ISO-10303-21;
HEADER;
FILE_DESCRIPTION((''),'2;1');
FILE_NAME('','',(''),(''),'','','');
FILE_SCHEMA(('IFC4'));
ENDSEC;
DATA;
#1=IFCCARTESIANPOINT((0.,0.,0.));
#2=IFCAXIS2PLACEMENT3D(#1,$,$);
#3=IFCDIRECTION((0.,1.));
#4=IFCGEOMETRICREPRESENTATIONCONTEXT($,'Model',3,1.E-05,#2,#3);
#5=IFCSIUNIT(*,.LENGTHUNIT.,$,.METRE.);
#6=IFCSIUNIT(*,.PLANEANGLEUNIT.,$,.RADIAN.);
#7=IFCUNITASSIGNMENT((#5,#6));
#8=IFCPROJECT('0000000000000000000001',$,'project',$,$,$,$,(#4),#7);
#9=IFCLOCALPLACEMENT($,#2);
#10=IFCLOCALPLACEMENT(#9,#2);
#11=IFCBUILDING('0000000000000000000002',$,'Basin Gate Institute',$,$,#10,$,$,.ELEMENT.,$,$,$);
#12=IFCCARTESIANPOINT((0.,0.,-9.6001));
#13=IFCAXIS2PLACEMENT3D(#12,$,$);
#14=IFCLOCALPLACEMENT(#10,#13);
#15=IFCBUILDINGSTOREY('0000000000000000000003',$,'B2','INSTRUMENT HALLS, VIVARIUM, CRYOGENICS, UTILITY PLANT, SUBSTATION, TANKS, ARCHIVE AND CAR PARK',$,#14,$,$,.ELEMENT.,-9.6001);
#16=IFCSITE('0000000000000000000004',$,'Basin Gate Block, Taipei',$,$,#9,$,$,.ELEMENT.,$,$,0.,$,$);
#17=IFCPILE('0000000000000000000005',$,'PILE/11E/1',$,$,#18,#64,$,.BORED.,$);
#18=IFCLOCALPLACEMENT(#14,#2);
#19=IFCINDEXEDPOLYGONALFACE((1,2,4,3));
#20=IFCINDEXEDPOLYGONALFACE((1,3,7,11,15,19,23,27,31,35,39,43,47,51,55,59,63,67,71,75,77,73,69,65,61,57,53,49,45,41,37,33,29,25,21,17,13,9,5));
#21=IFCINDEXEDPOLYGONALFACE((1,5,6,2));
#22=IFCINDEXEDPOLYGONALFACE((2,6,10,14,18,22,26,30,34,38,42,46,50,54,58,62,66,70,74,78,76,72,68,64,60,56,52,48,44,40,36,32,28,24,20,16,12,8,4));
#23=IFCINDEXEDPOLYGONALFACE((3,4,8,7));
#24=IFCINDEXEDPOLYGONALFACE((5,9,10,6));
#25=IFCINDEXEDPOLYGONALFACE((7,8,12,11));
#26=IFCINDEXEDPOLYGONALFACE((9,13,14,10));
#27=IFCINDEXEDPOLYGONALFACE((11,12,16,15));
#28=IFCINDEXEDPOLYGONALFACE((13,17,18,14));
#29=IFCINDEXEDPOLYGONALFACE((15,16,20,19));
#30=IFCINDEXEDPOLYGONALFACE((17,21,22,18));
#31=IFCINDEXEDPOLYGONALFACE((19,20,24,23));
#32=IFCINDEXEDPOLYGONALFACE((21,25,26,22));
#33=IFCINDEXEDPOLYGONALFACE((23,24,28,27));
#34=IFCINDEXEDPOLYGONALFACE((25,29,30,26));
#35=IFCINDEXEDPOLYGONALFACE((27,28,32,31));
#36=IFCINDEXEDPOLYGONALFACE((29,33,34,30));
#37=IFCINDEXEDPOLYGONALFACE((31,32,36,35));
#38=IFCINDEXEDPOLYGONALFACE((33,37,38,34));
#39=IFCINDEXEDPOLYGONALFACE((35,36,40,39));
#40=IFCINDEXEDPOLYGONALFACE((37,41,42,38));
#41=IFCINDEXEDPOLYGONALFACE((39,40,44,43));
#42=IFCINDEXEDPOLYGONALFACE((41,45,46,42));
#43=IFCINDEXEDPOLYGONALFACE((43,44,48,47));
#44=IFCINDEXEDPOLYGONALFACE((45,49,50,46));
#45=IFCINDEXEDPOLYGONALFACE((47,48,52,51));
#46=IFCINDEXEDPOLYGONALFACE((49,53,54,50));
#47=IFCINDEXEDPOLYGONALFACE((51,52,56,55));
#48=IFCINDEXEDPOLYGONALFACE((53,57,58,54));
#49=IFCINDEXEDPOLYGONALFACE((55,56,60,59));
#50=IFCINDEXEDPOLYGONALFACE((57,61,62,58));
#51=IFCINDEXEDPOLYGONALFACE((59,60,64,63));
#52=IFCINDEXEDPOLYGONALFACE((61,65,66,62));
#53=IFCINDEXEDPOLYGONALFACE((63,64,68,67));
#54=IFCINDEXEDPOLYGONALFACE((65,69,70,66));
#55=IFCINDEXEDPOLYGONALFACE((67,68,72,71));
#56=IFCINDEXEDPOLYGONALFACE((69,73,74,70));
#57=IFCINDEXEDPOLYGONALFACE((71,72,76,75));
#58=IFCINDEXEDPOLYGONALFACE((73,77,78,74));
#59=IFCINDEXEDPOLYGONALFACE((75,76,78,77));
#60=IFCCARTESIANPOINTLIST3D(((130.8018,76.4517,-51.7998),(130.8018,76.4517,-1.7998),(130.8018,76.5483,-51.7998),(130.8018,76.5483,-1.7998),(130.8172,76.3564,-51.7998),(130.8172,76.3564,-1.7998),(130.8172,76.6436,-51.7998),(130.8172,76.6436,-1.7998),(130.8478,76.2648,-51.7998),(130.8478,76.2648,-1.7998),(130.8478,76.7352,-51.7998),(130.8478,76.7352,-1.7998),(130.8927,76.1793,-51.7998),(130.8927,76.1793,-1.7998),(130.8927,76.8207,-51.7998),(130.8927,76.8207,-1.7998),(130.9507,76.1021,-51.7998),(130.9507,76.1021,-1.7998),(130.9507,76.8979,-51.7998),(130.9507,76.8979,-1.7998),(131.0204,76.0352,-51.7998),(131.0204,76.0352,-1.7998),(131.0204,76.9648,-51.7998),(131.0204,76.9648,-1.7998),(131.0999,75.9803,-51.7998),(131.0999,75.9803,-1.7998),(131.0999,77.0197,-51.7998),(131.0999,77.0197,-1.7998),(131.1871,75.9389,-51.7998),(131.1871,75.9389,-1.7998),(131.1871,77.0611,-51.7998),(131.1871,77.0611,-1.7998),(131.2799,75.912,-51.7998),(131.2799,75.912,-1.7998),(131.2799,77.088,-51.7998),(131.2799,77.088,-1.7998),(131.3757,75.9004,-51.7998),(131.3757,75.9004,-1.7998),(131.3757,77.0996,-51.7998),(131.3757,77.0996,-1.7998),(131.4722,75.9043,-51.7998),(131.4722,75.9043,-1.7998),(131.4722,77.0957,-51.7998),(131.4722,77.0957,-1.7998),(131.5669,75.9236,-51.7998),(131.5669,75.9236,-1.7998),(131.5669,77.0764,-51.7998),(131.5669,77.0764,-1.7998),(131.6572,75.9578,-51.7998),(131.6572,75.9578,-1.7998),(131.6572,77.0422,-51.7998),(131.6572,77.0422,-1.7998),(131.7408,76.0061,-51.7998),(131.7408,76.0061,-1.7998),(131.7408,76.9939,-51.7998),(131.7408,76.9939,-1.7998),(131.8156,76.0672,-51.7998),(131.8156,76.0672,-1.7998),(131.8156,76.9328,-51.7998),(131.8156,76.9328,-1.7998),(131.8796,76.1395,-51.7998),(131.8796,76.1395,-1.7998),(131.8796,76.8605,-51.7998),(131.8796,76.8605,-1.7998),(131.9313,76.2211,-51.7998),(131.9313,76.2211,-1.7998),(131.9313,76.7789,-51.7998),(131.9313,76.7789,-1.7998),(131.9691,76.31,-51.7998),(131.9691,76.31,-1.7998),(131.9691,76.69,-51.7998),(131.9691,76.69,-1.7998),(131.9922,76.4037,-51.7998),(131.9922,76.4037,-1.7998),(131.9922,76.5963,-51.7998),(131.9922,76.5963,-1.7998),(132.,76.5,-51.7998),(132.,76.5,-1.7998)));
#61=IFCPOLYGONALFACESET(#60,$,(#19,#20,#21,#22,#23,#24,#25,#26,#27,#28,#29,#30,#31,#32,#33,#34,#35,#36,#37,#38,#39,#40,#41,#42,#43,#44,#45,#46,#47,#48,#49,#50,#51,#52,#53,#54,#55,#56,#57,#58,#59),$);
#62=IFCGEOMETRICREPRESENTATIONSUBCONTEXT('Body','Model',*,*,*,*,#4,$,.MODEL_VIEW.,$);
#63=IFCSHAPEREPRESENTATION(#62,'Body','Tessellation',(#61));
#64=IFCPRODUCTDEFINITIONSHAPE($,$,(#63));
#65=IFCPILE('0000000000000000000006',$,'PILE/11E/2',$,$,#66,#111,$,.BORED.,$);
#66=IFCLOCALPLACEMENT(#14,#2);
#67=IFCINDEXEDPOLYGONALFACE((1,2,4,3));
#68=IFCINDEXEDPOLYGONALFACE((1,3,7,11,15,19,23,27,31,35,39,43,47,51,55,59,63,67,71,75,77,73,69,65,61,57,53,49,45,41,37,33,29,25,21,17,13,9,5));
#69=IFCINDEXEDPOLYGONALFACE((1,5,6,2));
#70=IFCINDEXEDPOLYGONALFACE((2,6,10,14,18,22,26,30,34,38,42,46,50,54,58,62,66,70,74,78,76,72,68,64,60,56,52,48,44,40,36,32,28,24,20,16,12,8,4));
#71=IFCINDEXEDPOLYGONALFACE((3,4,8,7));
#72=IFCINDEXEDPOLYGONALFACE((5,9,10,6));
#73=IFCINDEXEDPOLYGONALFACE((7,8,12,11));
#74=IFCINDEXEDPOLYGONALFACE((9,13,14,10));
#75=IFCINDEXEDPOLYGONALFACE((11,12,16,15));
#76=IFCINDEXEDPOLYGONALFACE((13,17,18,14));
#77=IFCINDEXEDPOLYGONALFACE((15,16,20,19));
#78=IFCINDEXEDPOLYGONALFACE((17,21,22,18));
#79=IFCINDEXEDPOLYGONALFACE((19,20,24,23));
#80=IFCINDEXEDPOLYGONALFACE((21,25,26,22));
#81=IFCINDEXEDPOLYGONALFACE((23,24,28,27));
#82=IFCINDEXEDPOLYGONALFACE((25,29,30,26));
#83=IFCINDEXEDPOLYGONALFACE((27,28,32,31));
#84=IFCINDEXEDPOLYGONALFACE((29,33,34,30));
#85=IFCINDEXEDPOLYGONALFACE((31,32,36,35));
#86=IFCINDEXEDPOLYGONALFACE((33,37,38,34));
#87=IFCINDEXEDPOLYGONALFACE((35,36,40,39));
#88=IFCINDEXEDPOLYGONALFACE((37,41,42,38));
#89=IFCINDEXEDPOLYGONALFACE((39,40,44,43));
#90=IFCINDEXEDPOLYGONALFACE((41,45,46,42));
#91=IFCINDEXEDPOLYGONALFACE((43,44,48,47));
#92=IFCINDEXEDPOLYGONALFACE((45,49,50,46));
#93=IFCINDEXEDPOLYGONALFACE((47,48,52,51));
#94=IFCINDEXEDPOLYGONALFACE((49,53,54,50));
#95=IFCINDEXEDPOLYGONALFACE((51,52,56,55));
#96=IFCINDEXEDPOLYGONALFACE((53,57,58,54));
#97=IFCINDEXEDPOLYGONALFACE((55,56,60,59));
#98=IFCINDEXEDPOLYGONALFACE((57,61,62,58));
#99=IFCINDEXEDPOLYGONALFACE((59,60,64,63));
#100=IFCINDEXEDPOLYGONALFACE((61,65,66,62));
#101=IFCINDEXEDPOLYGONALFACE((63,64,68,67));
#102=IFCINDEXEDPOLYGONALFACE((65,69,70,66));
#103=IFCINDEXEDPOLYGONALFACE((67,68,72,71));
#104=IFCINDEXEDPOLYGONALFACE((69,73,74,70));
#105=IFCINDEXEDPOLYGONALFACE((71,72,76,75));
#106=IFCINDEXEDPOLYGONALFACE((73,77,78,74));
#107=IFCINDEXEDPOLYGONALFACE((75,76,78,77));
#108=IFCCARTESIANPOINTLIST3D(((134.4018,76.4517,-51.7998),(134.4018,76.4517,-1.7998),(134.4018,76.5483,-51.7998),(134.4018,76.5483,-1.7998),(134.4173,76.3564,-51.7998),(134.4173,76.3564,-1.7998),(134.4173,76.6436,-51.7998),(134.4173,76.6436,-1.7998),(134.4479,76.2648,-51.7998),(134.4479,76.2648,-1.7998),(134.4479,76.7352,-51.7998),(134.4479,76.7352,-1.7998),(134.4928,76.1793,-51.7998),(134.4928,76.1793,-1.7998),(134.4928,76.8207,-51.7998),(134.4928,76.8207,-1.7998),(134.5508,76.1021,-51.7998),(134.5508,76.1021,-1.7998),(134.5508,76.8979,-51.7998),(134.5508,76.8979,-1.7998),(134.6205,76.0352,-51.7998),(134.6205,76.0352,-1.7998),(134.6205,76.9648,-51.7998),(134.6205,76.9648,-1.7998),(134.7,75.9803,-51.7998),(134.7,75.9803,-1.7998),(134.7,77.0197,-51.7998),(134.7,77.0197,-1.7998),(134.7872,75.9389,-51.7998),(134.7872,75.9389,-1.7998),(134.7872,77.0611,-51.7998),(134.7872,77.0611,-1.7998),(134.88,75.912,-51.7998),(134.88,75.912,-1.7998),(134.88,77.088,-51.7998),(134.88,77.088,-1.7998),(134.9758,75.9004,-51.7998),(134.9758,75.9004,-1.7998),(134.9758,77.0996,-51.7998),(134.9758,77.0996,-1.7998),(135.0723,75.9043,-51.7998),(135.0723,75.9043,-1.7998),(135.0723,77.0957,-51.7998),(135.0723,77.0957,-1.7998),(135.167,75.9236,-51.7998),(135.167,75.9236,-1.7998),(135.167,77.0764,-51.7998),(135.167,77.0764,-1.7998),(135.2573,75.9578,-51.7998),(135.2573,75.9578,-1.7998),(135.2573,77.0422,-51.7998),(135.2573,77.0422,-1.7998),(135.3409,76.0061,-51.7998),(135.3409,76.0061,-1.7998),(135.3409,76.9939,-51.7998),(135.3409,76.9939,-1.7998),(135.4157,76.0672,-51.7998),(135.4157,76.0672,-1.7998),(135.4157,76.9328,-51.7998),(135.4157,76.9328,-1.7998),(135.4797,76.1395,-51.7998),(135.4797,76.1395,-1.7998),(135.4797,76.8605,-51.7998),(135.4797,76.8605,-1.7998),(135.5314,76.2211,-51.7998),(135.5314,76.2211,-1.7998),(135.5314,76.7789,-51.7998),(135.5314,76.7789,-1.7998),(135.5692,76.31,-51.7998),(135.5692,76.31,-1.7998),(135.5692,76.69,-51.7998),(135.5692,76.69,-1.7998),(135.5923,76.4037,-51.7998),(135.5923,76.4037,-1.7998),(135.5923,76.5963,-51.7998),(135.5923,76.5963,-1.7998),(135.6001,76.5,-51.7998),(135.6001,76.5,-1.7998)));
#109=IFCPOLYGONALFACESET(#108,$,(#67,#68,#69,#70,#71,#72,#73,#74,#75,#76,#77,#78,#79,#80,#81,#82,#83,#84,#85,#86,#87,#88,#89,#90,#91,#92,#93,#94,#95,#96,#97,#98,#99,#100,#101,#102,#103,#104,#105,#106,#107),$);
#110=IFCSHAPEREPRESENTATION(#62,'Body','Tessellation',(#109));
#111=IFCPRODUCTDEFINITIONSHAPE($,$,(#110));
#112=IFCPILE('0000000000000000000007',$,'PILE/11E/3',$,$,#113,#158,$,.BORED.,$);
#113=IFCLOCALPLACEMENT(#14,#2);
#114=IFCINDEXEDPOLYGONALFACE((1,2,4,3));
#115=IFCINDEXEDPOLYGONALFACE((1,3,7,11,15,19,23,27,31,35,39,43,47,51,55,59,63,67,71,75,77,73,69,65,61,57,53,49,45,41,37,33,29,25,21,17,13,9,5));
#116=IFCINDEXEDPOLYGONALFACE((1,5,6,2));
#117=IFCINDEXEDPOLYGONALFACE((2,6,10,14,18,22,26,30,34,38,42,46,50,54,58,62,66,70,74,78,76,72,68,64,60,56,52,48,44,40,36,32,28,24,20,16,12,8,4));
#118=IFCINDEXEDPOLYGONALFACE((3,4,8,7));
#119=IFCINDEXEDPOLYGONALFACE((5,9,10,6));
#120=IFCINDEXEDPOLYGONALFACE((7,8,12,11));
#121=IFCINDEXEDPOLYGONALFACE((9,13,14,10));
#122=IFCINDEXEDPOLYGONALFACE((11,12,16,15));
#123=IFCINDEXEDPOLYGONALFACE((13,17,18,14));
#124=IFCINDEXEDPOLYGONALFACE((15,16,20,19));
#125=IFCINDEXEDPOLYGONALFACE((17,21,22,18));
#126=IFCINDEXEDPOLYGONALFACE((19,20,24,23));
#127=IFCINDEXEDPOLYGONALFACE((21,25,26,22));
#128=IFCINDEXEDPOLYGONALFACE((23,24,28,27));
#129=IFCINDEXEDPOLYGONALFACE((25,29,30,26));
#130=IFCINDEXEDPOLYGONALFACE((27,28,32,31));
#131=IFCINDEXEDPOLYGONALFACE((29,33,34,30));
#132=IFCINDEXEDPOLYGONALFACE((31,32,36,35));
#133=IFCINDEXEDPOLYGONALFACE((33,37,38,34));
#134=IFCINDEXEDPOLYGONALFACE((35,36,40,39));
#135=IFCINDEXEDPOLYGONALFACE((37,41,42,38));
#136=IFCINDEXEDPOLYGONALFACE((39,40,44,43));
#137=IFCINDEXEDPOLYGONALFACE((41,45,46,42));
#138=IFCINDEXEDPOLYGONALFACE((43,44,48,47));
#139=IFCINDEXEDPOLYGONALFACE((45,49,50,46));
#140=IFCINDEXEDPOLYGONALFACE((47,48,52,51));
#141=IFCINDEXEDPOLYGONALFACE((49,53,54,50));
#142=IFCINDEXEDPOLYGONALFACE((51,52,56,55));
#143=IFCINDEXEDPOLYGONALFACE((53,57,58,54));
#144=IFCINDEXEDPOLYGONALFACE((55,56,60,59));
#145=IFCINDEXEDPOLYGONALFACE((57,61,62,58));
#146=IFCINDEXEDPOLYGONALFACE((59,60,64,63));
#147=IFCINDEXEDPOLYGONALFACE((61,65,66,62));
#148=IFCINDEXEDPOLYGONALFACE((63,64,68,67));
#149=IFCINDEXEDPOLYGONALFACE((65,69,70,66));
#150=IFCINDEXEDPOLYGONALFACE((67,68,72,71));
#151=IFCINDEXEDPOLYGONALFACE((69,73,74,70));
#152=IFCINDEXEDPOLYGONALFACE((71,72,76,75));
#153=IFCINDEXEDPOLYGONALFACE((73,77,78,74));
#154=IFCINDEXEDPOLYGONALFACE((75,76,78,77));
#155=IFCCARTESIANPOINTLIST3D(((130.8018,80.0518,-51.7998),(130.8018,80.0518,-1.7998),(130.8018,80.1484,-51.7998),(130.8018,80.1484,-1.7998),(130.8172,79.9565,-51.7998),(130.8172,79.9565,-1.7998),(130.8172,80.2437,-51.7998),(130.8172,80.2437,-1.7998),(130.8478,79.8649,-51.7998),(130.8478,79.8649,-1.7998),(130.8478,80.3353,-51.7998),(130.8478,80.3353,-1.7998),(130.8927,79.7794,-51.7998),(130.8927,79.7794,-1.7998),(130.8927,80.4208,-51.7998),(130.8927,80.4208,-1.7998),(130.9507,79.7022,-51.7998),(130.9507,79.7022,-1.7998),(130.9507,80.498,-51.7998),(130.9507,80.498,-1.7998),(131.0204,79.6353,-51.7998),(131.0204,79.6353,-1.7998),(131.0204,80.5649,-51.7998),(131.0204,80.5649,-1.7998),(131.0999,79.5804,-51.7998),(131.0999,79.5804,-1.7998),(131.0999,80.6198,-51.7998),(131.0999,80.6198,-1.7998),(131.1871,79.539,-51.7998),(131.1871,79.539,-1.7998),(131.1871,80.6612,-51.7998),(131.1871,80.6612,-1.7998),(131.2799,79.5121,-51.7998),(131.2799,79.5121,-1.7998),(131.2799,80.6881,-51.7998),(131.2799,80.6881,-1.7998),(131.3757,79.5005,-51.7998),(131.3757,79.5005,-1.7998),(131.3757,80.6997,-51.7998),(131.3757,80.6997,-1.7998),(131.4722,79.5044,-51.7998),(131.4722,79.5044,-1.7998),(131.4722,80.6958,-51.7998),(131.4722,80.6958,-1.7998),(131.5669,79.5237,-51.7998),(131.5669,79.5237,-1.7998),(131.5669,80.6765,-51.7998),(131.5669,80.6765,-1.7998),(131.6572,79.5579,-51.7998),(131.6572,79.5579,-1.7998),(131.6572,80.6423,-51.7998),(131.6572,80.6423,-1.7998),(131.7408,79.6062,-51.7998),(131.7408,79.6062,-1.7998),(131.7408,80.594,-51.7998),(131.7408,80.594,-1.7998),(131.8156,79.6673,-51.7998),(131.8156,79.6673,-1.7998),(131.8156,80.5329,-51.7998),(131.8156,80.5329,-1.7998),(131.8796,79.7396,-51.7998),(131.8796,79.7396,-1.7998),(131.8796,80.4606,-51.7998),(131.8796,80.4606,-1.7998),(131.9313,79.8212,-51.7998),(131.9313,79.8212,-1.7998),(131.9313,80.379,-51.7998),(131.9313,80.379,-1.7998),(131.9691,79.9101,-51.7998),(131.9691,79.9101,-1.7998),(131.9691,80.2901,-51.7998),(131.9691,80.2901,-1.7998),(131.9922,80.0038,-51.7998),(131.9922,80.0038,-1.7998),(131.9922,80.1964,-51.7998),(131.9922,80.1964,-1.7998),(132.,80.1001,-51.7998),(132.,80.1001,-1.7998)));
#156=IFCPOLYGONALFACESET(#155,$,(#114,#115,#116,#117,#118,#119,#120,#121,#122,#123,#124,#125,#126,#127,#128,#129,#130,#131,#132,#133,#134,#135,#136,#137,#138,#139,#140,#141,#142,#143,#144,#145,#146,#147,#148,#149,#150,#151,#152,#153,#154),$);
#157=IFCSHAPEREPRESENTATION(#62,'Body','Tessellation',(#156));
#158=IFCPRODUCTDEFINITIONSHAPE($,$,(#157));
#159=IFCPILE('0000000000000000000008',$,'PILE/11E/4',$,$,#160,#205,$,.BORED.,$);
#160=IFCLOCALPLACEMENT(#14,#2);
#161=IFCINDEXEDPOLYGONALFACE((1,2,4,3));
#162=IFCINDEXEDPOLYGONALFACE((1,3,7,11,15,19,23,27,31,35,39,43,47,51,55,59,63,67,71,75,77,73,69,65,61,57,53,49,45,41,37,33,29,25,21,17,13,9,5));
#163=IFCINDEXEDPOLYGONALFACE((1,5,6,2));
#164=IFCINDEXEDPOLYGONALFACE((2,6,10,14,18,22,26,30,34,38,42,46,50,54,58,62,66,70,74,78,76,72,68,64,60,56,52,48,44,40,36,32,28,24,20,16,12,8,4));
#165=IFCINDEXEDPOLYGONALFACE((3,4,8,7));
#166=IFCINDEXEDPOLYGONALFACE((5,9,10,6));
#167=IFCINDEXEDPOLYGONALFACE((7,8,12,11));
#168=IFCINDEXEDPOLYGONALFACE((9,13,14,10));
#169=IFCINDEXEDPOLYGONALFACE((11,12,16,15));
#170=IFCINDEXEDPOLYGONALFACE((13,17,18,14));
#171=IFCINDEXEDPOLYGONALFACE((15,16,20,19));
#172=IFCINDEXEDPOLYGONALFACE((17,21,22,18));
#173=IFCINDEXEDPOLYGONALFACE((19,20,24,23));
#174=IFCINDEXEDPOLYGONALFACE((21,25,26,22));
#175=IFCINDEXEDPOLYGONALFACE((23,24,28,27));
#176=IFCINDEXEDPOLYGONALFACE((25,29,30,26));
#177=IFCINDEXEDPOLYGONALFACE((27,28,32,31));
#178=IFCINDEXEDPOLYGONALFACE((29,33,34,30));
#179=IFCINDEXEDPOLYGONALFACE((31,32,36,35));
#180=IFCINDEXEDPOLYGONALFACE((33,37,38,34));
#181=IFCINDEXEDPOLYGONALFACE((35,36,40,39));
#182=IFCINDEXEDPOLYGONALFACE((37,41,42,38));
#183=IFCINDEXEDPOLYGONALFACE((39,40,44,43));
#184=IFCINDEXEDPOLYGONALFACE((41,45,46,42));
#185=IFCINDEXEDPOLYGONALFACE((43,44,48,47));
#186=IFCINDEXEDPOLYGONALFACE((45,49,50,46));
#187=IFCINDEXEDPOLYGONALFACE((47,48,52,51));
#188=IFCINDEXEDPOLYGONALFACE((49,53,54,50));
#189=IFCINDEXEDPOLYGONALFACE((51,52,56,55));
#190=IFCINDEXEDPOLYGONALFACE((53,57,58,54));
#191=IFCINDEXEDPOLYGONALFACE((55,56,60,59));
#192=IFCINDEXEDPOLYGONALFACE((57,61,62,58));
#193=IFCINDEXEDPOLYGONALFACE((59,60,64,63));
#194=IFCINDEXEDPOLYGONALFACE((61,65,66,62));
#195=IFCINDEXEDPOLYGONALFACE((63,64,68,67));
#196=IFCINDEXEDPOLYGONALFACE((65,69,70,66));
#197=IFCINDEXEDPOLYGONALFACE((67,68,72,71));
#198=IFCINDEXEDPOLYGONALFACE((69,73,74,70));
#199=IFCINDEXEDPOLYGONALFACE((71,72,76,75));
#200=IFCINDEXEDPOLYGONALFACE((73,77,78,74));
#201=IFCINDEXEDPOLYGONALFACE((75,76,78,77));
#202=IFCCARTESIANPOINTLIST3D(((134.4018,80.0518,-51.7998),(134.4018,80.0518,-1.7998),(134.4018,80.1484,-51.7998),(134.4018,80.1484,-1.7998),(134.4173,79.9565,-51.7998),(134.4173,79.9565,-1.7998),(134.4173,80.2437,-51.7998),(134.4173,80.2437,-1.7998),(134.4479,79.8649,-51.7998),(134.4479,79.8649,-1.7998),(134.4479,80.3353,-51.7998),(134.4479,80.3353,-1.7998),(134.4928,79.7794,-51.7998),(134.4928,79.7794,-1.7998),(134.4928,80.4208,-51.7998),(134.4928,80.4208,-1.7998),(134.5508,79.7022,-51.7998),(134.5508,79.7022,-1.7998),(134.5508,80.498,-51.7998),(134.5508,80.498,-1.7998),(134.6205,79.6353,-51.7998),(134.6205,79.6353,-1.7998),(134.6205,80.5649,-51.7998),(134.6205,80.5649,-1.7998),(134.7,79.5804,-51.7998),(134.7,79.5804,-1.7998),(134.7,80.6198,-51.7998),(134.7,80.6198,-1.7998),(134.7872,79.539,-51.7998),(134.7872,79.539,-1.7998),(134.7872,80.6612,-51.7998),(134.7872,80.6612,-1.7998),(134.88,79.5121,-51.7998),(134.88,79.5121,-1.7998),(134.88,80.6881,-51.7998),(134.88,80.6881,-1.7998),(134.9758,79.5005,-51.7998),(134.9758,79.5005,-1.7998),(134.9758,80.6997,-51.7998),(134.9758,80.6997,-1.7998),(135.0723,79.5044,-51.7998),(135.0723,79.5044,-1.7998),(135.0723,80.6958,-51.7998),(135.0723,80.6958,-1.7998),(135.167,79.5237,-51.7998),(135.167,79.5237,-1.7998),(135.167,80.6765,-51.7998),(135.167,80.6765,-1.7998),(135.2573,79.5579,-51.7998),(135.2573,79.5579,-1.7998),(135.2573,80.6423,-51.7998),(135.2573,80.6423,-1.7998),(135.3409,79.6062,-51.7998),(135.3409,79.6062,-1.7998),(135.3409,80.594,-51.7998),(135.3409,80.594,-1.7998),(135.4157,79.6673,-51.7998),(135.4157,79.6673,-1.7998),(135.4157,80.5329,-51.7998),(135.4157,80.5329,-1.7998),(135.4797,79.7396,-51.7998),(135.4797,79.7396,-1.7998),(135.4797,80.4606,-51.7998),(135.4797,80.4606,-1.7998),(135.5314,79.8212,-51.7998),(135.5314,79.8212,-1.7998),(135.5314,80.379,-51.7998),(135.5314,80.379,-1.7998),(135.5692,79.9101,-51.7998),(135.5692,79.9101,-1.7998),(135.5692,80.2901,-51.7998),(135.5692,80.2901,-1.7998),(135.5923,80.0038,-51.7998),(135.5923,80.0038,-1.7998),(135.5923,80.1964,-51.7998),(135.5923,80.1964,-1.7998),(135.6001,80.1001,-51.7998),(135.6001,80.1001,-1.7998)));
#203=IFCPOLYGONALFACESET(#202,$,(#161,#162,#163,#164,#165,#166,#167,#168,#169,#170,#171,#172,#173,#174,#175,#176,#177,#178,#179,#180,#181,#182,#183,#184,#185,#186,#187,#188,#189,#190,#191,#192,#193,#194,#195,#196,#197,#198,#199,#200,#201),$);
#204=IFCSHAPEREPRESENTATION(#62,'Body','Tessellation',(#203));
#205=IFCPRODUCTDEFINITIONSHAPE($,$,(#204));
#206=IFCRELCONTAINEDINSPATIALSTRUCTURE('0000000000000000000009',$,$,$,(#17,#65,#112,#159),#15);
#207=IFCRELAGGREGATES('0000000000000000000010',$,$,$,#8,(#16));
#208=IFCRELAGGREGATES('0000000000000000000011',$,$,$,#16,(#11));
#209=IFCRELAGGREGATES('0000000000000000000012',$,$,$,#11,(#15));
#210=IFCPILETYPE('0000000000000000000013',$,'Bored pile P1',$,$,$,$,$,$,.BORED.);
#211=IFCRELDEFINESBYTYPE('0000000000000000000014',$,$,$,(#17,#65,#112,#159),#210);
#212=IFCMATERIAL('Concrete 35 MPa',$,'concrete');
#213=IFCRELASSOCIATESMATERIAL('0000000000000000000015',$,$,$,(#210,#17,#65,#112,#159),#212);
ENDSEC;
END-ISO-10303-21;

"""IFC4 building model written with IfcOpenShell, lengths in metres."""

from ifc_helpers import new_model, si_unit, direction, frame, origin, origin_2d, place, context, subcontext, project, spatial, circle, extrude, material, material_profile, profile_set, type_object, element, save


model = new_model("IFC4")

# Units and contexts
model_context = context("Model", 3, precision=1e-05, world=origin(), true_north=direction((0.0, 1.0)))
body_context = subcontext(model_context, "Body", "Model", "MODEL_VIEW")
ifc_project = project(units=[si_unit("LENGTHUNIT", "METRE"), si_unit("PLANEANGLEUNIT", "RADIAN")], contexts=[model_context])

# Site, building, storey
site_placement = place(None, origin())
site = spatial("IfcSite", under=ifc_project, at=site_placement, Name="Basin Gate Block, Taipei", CompositionType="ELEMENT", RefElevation=0.0)
building_placement = place(site_placement, origin())
building = spatial("IfcBuilding", under=site, at=building_placement, Name="Basin Gate Institute", CompositionType="ELEMENT")
storey_placement = place(building_placement, frame((0.0, 0.0, -9.6001)))
storey = spatial("IfcBuildingStorey", under=building, at=storey_placement, Name="B2", Description="INSTRUMENT HALLS, VIVARIUM, CRYOGENICS, UTILITY PLANT, SUBSTATION, TANKS, ARCHIVE AND CAR PARK", CompositionType="ELEMENT", Elevation=-9.6001)

# Piles
ifc_material_1 = material(Name="Concrete 35 MPa", Category="concrete")
ifc_material_profile_1 = material_profile(ifc_material_1, circle(Radius=0.6001, at=origin_2d()), Name="Bored pile P1 1200 dia")
ifc_profile_set_1 = profile_set([ifc_material_profile_1], Name="Concrete 35 MPa")
pile_type = type_object("IfcPileType", Name="Bored pile P1", PredefinedType="BORED", material=ifc_profile_set_1)
for number, where, z_axis, x_axis, name in (
    (1, (131.3999, 76.5, -1.7998), (0.0, 0.0, -1.0), (1.0, 0.0, 0.0), "PILE/11E/1"),
    (2, (135.0, 76.5, -1.7998), (0.0, 0.0, -1.0), (1.0, 0.0, 0.0), "PILE/11E/2"),
    (3, (131.3999, 80.1001, -1.7998), (0.0, 0.0, -1.0), (1.0, 0.0, 0.0), "PILE/11E/3"),
    (4, (135.0, 80.1001, -1.7998), (0.0, 0.0, -1.0), (1.0, 0.0, 0.0), "PILE/11E/4"),
):
    element("IfcPile", number, at=place(storey_placement, frame(where, z_axis=z_axis, x_axis=x_axis)), inside=storey, type_object=pile_type, material=ifc_profile_set_1, Name=name, PredefinedType="BORED", context=body_context, shape_type="SweptSolid", body=[
        extrude(circle(Radius=0.6001, at=origin_2d()), origin(), (0.0, 0.0, 1.0), 50.0),
    ])

save(model, "model.ifc")
